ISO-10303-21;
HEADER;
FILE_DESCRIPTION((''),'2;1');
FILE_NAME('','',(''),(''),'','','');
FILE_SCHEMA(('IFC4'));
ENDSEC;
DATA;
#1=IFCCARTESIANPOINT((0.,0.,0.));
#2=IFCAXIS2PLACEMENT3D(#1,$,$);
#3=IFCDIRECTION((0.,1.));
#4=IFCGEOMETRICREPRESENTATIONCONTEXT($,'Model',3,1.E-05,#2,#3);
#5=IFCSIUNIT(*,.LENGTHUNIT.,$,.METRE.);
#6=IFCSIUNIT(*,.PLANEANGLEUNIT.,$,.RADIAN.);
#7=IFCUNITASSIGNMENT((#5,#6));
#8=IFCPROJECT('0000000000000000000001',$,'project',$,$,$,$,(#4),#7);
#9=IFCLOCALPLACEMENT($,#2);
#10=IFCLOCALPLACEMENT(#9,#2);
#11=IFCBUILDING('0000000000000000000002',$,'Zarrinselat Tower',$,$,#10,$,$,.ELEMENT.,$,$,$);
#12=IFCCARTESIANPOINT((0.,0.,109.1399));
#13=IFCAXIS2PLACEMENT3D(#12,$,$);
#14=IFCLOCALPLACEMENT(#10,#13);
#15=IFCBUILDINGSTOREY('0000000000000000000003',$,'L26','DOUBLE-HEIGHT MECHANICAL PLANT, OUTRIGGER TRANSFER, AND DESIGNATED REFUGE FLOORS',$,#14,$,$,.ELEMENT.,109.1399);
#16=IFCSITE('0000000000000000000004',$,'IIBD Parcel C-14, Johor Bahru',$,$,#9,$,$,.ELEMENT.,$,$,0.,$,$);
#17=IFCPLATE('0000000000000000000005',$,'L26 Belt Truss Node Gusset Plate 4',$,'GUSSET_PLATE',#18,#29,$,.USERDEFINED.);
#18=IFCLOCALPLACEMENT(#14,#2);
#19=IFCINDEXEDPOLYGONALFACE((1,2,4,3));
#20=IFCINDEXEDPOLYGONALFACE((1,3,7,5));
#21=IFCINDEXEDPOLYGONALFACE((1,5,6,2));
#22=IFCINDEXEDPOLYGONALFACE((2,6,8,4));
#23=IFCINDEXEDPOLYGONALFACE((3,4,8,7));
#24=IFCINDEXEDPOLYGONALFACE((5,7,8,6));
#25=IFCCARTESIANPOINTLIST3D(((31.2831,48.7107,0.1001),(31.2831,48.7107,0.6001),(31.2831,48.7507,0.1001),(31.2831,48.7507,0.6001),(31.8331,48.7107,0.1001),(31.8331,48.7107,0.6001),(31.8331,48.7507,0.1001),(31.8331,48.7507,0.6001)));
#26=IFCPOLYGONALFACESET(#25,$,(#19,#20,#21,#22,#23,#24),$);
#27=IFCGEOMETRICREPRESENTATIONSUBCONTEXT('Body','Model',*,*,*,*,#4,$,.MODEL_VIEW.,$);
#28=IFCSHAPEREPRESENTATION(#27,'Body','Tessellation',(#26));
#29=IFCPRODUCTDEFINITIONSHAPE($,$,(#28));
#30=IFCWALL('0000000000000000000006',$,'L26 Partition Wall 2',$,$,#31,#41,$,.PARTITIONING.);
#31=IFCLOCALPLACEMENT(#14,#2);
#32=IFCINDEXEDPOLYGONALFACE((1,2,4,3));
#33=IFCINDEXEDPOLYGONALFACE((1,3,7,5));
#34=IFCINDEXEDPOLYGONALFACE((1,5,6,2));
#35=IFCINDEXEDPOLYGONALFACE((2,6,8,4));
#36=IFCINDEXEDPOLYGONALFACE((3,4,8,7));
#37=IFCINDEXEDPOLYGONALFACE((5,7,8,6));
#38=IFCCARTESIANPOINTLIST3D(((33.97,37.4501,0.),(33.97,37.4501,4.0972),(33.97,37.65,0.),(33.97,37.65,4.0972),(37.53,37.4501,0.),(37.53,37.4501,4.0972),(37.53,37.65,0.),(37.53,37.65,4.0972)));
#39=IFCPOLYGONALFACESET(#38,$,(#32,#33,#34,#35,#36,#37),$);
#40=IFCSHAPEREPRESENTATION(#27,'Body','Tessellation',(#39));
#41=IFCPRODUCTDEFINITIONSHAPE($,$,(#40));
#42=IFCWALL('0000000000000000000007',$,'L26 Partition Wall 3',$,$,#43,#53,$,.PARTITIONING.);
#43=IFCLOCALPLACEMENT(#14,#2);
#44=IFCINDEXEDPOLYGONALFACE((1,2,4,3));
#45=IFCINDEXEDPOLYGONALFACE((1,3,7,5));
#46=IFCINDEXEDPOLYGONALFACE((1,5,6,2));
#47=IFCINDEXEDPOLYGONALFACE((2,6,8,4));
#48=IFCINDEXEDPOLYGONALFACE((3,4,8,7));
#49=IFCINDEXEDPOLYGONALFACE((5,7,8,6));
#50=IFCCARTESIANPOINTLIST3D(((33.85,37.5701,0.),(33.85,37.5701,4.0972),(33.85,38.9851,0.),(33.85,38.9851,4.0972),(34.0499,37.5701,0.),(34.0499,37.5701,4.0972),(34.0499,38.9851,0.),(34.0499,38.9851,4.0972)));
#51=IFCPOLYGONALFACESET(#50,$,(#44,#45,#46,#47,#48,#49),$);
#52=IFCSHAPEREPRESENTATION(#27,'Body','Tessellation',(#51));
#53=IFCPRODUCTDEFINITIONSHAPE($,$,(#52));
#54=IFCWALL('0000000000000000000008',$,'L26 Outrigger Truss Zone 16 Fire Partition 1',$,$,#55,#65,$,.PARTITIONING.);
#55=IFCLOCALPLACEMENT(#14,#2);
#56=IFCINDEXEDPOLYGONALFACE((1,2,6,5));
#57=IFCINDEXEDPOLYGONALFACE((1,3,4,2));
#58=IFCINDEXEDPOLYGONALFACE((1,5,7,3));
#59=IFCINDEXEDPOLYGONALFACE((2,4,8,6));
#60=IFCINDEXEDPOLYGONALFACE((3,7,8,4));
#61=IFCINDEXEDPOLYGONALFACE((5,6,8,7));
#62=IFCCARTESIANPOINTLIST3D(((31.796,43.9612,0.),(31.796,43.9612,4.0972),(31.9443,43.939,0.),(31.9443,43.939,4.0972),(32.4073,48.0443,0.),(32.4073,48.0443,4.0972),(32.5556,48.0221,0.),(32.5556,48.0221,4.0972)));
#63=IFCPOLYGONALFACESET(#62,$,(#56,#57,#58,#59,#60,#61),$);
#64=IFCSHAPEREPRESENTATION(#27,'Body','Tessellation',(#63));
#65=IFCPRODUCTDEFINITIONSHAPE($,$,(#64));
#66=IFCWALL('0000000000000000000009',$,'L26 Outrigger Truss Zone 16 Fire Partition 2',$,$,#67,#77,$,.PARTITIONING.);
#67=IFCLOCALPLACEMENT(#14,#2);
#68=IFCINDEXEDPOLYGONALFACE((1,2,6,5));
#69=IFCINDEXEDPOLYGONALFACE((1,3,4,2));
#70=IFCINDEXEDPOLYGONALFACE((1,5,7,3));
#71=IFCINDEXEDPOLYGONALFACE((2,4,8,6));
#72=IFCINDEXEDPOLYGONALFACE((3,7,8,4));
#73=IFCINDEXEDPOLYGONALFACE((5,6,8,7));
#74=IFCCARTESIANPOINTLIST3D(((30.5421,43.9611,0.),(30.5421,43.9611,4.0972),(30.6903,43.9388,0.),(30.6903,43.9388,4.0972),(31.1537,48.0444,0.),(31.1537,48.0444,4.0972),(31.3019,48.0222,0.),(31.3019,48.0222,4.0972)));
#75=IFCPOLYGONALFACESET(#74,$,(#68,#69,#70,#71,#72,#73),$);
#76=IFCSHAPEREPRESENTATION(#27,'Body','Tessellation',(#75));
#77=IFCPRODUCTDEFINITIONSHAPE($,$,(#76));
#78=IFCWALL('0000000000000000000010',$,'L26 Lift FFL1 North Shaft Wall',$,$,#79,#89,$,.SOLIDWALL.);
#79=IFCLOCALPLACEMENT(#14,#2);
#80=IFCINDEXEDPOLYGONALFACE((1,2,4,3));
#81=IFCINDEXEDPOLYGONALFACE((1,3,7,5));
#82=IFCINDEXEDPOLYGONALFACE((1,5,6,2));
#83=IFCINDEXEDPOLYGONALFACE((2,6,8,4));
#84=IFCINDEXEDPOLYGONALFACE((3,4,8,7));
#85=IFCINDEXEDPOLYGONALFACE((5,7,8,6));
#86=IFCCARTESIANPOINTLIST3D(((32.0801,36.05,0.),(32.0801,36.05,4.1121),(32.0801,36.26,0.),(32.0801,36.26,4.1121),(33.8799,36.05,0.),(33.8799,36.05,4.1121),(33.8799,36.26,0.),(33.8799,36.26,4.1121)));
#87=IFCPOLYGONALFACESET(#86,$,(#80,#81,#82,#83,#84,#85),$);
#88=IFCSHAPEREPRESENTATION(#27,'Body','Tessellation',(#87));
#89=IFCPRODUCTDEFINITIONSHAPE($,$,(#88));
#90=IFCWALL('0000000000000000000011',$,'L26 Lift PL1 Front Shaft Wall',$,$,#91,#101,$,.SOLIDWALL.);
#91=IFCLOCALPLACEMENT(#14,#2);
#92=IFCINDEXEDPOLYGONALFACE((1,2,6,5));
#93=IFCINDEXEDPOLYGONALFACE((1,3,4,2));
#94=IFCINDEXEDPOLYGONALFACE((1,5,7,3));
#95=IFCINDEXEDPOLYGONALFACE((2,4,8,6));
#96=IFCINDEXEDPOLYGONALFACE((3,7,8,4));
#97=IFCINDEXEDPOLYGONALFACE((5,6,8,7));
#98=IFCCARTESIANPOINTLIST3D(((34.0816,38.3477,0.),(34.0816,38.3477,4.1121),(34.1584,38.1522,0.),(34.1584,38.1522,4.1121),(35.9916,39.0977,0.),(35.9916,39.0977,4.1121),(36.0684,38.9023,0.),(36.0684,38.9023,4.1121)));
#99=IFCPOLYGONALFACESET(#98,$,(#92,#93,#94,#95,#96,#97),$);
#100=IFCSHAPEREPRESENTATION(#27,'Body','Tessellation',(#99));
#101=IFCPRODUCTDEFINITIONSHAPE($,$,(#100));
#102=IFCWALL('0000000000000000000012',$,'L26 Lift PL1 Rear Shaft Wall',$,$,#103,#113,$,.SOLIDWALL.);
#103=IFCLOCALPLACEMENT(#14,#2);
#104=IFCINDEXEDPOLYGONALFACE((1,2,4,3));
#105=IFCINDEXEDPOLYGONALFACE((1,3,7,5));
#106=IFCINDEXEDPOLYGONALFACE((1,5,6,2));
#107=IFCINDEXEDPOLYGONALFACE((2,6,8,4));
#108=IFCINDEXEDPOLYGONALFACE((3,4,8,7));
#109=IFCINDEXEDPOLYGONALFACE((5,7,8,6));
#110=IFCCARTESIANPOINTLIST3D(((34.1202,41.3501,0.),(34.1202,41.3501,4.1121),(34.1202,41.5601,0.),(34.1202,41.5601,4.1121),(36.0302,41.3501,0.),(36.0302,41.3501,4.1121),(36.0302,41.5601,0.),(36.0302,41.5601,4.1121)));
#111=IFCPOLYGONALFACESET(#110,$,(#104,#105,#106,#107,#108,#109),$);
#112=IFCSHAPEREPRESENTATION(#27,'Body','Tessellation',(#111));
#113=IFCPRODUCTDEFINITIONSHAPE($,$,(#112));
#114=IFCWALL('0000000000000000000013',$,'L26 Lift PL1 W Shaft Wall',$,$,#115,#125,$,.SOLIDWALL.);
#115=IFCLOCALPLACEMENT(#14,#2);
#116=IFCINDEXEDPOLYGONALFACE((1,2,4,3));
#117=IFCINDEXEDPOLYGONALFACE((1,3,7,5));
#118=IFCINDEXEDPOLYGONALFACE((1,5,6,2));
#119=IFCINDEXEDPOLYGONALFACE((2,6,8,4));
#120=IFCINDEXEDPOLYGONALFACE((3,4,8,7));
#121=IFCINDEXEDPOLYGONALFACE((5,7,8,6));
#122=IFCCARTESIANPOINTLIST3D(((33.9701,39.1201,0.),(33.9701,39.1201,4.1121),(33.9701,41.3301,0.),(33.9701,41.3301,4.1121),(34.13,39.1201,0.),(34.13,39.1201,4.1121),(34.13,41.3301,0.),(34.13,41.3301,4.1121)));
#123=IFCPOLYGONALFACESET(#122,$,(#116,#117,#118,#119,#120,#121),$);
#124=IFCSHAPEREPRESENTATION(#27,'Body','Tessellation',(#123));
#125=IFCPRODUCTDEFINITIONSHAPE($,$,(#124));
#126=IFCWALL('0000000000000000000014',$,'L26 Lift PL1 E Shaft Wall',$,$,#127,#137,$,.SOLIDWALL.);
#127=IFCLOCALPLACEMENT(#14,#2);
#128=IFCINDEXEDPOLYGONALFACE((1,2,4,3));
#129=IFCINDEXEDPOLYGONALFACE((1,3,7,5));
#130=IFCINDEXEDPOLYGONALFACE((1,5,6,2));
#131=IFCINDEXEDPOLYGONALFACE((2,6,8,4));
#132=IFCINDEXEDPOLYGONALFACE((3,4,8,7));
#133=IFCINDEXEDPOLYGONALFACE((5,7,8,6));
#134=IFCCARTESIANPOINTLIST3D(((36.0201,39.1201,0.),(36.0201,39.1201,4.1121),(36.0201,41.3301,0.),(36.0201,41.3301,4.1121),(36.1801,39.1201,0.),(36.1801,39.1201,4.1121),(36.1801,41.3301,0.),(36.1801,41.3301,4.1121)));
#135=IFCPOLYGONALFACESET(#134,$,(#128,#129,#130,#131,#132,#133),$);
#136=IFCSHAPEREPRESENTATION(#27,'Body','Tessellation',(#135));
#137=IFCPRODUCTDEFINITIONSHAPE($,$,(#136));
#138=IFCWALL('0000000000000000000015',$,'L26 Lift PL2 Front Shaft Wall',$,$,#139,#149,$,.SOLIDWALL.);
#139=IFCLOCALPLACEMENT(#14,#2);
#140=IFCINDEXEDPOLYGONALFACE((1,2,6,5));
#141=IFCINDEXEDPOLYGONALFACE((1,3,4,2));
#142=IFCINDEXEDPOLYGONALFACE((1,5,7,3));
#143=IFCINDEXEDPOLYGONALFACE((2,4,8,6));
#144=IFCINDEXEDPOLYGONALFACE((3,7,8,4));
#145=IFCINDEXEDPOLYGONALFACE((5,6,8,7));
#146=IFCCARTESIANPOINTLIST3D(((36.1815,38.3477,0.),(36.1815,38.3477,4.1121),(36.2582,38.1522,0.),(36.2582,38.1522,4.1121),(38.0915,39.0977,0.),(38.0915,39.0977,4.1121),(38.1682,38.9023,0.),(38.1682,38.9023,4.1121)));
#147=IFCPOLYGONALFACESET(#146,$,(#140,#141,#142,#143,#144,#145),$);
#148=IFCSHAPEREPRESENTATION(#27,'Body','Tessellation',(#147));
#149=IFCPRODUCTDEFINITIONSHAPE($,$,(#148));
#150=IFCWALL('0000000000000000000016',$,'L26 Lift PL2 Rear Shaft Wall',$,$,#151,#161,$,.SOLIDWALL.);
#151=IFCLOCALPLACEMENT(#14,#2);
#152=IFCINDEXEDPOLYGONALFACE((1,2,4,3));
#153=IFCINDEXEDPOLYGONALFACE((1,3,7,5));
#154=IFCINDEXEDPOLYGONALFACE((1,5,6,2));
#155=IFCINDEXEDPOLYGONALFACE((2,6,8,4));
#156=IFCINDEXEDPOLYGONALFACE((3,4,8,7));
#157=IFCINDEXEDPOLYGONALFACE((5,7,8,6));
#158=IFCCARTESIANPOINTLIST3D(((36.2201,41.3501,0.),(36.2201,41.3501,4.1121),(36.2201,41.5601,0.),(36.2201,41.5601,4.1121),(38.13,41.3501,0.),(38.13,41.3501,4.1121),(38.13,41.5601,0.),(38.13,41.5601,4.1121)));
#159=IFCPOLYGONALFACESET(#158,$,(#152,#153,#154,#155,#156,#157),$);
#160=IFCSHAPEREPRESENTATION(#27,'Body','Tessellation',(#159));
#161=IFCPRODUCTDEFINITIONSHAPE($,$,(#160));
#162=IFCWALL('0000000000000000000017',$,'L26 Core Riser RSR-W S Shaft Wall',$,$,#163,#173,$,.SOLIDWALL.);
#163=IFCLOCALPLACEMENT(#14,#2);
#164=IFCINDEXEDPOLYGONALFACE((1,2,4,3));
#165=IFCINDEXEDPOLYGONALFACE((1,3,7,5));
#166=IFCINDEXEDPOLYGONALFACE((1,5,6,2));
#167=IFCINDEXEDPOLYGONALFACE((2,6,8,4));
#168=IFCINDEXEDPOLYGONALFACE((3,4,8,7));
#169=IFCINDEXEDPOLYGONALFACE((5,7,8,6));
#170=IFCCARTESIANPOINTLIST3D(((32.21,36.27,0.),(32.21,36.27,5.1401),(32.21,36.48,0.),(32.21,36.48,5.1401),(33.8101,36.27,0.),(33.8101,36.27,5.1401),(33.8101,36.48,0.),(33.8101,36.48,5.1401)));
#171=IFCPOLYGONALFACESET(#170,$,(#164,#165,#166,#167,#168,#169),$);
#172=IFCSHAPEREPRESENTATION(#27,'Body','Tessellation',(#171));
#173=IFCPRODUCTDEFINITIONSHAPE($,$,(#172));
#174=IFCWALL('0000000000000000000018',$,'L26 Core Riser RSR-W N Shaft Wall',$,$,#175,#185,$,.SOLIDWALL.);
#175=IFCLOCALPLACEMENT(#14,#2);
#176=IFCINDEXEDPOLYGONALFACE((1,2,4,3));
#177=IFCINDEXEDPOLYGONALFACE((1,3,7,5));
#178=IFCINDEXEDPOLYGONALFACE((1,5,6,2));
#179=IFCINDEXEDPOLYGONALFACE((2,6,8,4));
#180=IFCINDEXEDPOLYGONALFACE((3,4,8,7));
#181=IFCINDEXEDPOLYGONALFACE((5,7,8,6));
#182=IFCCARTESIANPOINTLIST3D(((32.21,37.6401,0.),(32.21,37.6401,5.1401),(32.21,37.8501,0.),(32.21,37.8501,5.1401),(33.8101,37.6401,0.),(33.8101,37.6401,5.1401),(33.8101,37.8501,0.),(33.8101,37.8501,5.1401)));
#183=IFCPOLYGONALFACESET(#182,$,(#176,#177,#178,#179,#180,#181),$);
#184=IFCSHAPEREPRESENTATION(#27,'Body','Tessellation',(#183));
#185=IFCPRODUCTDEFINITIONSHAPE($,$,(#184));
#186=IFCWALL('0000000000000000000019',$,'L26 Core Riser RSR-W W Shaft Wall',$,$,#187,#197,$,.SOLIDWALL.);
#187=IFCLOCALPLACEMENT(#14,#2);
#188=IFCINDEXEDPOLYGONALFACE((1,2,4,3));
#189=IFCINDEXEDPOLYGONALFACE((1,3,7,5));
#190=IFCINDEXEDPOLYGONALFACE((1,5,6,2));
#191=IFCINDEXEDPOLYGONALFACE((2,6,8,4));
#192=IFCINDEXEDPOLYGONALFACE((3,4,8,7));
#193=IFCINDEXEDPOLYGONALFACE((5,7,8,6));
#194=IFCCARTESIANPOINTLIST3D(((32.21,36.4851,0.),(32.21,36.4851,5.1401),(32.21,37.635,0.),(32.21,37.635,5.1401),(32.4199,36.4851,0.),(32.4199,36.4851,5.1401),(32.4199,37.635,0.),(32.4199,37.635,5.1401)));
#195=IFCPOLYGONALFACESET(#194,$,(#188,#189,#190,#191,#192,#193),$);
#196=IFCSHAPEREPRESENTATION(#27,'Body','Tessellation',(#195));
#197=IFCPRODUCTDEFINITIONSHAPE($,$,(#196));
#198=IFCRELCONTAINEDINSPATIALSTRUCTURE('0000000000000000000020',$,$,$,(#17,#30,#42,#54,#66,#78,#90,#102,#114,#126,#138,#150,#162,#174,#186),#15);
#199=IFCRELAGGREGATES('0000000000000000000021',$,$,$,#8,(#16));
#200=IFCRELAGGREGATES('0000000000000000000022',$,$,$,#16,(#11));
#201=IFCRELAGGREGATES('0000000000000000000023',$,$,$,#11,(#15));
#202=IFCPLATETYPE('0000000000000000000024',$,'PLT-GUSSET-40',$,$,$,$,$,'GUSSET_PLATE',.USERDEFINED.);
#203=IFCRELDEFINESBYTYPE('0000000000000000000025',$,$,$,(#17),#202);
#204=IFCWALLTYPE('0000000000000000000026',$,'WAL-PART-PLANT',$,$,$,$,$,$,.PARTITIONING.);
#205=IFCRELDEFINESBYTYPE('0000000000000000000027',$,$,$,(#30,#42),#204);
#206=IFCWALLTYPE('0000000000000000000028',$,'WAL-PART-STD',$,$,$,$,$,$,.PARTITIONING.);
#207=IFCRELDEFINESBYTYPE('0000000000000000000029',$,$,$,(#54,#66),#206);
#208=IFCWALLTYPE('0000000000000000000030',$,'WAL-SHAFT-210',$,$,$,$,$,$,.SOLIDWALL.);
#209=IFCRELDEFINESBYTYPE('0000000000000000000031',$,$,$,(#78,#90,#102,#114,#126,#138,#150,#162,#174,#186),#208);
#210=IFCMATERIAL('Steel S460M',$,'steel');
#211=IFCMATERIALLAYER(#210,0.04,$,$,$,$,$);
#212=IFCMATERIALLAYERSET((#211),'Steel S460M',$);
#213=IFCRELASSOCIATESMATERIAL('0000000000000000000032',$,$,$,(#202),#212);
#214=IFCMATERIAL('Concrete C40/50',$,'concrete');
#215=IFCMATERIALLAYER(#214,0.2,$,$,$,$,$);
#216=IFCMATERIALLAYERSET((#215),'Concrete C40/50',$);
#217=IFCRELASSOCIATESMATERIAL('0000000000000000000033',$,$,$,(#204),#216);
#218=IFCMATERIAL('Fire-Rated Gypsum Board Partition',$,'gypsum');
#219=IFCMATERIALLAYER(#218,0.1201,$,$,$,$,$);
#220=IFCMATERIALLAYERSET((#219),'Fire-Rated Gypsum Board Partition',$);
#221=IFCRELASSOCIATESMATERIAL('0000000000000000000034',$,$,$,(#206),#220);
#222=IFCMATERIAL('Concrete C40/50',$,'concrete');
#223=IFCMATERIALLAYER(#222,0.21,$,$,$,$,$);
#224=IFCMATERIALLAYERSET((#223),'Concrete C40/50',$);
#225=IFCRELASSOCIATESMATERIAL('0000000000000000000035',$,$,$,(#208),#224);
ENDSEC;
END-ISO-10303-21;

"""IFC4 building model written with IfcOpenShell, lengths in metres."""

from ifc_helpers import new_model, si_unit, direction, frame, frame_2d, origin, origin_2d, place, context, subcontext, project, spatial, rectangle, extrude, material, layer, layer_set, type_object, element, save


model = new_model("IFC4")

# Units and contexts
model_context = context("Model", 3, precision=1e-05, world=origin(), true_north=direction((0.0, 1.0)))
body_context = subcontext(model_context, "Body", "Model", "MODEL_VIEW")
ifc_project = project(units=[si_unit("LENGTHUNIT", "METRE"), si_unit("PLANEANGLEUNIT", "RADIAN")], contexts=[model_context])

# Site, building, storey
site_placement = place(None, origin())
site = spatial("IfcSite", under=ifc_project, at=site_placement, Name="IIBD Parcel C-14, Johor Bahru", CompositionType="ELEMENT", RefElevation=0.0)
building_placement = place(site_placement, origin())
building = spatial("IfcBuilding", under=site, at=building_placement, Name="Zarrinselat Tower", CompositionType="ELEMENT")
storey_placement = place(building_placement, frame((0.0, 0.0, 109.1399)))
storey = spatial("IfcBuildingStorey", under=building, at=storey_placement, Name="L26", Description="DOUBLE-HEIGHT MECHANICAL PLANT, OUTRIGGER TRANSFER, AND DESIGNATED REFUGE FLOORS", CompositionType="ELEMENT", Elevation=109.1399)

# Plate
ifc_material_1 = material(Name="Steel S460M", Category="steel")
ifc_layer_1 = layer(ifc_material_1, 0.04)
ifc_layer_set_1 = layer_set([ifc_layer_1], Name="Steel S460M")
plate_type = type_object("IfcPlateType", Name="PLT-GUSSET-40", ElementType="GUSSET_PLATE", PredefinedType="USERDEFINED", material=ifc_layer_set_1)
plate_placement = place(storey_placement, frame((31.5581, 48.7307, 0.1001), z_axis=(0.0, 0.0, 1.0), x_axis=(-1.0, 0.0, 0.0)))
element("IfcPlate", 1, at=plate_placement, inside=storey, type_object=plate_type, Name="L26 Belt Truss Node Gusset Plate 4", ObjectType="GUSSET_PLATE", PredefinedType="USERDEFINED", context=body_context, shape_type="SweptSolid", body=[
    extrude(rectangle(XDim=0.55, YDim=0.04, at=origin_2d()), origin(), (0.0, 0.0, 1.0), 0.5),
])

# Walls
ifc_material_2 = material(Name="Concrete C40/50", Category="concrete")
ifc_layer_2 = layer(ifc_material_2, 0.2)
ifc_layer_set_2 = layer_set([ifc_layer_2], Name="Concrete C40/50")
wall_type_1 = type_object("IfcWallType", Name="WAL-PART-PLANT", PredefinedType="PARTITIONING", material=ifc_layer_set_2)
wall_1_placement = place(storey_placement, frame((33.97, 37.55, 0.0), z_axis=(0.0, 0.0, 1.0), x_axis=(1.0, 0.0, 0.0)))
element("IfcWall", 2, at=wall_1_placement, inside=storey, type_object=wall_type_1, Name="L26 Partition Wall 2", PredefinedType="PARTITIONING", context=body_context, shape_type="SweptSolid", body=[
    extrude(rectangle(XDim=3.5601, YDim=0.2, at=frame_2d((1.78, 0.0))), origin(), (0.0, 0.0, 1.0), 4.0972),
])
wall_2_placement = place(storey_placement, frame((33.95, 37.5701, 0.0), z_axis=(0.0, 0.0, 1.0), x_axis=(0.0, 1.0, 0.0)))
element("IfcWall", 3, at=wall_2_placement, inside=storey, type_object=wall_type_1, Name="L26 Partition Wall 3", PredefinedType="PARTITIONING", context=body_context, shape_type="SweptSolid", body=[
    extrude(rectangle(XDim=1.415, YDim=0.2, at=frame_2d((0.7075, 0.0))), origin(), (0.0, 0.0, 1.0), 4.0972),
])
ifc_material_3 = material(Name="Fire-Rated Gypsum Board Partition", Category="gypsum")
ifc_layer_3 = layer(ifc_material_3, 0.1201)
ifc_layer_set_3 = layer_set([ifc_layer_3], Name="Fire-Rated Gypsum Board Partition")
wall_type_2 = type_object("IfcWallType", Name="WAL-PART-STD", PredefinedType="PARTITIONING", material=ifc_layer_set_3)
wall_3_placement = place(storey_placement, frame((31.8701, 43.95, 0.0), z_axis=(0.0, 0.0, 1.0), x_axis=(0.148066, 0.988978, 0.0)))
element("IfcWall", 4, at=wall_3_placement, inside=storey, type_object=wall_type_2, Name="L26 Outrigger Truss Zone 16 Fire Partition 1", PredefinedType="PARTITIONING", context=body_context, shape_type="SweptSolid", body=[
    extrude(rectangle(XDim=4.1287, YDim=0.1499, at=frame_2d((2.0645, 0.0))), origin(), (0.0, 0.0, 1.0), 4.0972),
])
wall_4_placement = place(storey_placement, frame((30.6162, 43.95, 0.0), z_axis=(0.0, 0.0, 1.0), x_axis=(0.148124, 0.988969, 0.0)))
element("IfcWall", 5, at=wall_4_placement, inside=storey, type_object=wall_type_2, Name="L26 Outrigger Truss Zone 16 Fire Partition 2", PredefinedType="PARTITIONING", context=body_context, shape_type="SweptSolid", body=[
    extrude(rectangle(XDim=4.1289, YDim=0.1499, at=frame_2d((2.0645, 0.0))), origin(), (0.0, 0.0, 1.0), 4.0972),
])
ifc_material_4 = material(Name="Concrete C40/50", Category="concrete")
ifc_layer_4 = layer(ifc_material_4, 0.21)
ifc_layer_set_4 = layer_set([ifc_layer_4], Name="Concrete C40/50")
wall_type_3 = type_object("IfcWallType", Name="WAL-SHAFT-210", PredefinedType="SOLIDWALL", material=ifc_layer_set_4)
wall_5_placement = place(storey_placement, frame((32.0801, 36.155, 0.0), z_axis=(0.0, 0.0, 1.0), x_axis=(1.0, 0.0, 0.0)))
element("IfcWall", 6, at=wall_5_placement, inside=storey, type_object=wall_type_3, Name="L26 Lift FFL1 North Shaft Wall", PredefinedType="SOLIDWALL", context=body_context, shape_type="SweptSolid", body=[
    extrude(rectangle(XDim=1.7998, YDim=0.21, at=frame_2d((0.8999, 0.0))), origin(), (0.0, 0.0, 1.0), 4.1121),
])
wall_6_placement = place(storey_placement, frame((34.1201, 38.25, 0.0), z_axis=(0.0, 0.0, 1.0), x_axis=(0.930805, 0.365516, 0.0)))
element("IfcWall", 7, at=wall_6_placement, inside=storey, type_object=wall_type_3, Name="L26 Lift PL1 Front Shaft Wall", PredefinedType="SOLIDWALL", context=body_context, shape_type="SweptSolid", body=[
    extrude(rectangle(XDim=2.052, YDim=0.21, at=frame_2d((1.0259, 0.0))), origin(), (0.0, 0.0, 1.0), 4.1121),
])
wall_7_placement = place(storey_placement, frame((34.1201, 41.4551, 0.0), z_axis=(0.0, 0.0, 1.0), x_axis=(1.0, 0.0, 0.0)))
element("IfcWall", 8, at=wall_7_placement, inside=storey, type_object=wall_type_3, Name="L26 Lift PL1 Rear Shaft Wall", PredefinedType="SOLIDWALL", context=body_context, shape_type="SweptSolid", body=[
    extrude(rectangle(XDim=1.9099, YDim=0.21, at=frame_2d((0.9551, 0.0))), origin(), (0.0, 0.0, 1.0), 4.1121),
])
for number, where, z_axis, x_axis, name in (
    (9, (34.05, 39.1201, 0.0), (0.0, 0.0, 1.0), (0.0, 1.0, 0.0), "L26 Lift PL1 W Shaft Wall"),
    (10, (36.1001, 39.1201, 0.0), (0.0, 0.0, 1.0), (0.0, 1.0, 0.0), "L26 Lift PL1 E Shaft Wall"),
):
    element("IfcWall", number, at=place(storey_placement, frame(where, z_axis=z_axis, x_axis=x_axis)), inside=storey, type_object=wall_type_3, Name=name, PredefinedType="SOLIDWALL", context=body_context, shape_type="SweptSolid", body=[
        extrude(rectangle(XDim=2.21, YDim=0.1599, at=frame_2d((1.105, 0.0))), origin(), (0.0, 0.0, 1.0), 4.1121),
    ])
wall_8_placement = place(storey_placement, frame((36.22, 38.25, 0.0), z_axis=(0.0, 0.0, 1.0), x_axis=(0.930805, 0.365516, 0.0)))
element("IfcWall", 11, at=wall_8_placement, inside=storey, type_object=wall_type_3, Name="L26 Lift PL2 Front Shaft Wall", PredefinedType="SOLIDWALL", context=body_context, shape_type="SweptSolid", body=[
    extrude(rectangle(XDim=2.052, YDim=0.21, at=frame_2d((1.0259, 0.0))), origin(), (0.0, 0.0, 1.0), 4.1121),
])
wall_9_placement = place(storey_placement, frame((36.22, 41.4551, 0.0), z_axis=(0.0, 0.0, 1.0), x_axis=(1.0, 0.0, 0.0)))
element("IfcWall", 12, at=wall_9_placement, inside=storey, type_object=wall_type_3, Name="L26 Lift PL2 Rear Shaft Wall", PredefinedType="SOLIDWALL", context=body_context, shape_type="SweptSolid", body=[
    extrude(rectangle(XDim=1.9099, YDim=0.21, at=frame_2d((0.9551, 0.0))), origin(), (0.0, 0.0, 1.0), 4.1121),
])
for number, where, z_axis, x_axis, name in (
    (13, (32.21, 36.375, 0.0), (0.0, 0.0, 1.0), (1.0, 0.0, 0.0), "L26 Core Riser RSR-W S Shaft Wall"),
    (14, (32.21, 37.7451, 0.0), (0.0, 0.0, 1.0), (1.0, 0.0, 0.0), "L26 Core Riser RSR-W N Shaft Wall"),
):
    element("IfcWall", number, at=place(storey_placement, frame(where, z_axis=z_axis, x_axis=x_axis)), inside=storey, type_object=wall_type_3, Name=name, PredefinedType="SOLIDWALL", context=body_context, shape_type="SweptSolid", body=[
        extrude(rectangle(XDim=1.6001, YDim=0.21, at=frame_2d((0.8, 0.0))), origin(), (0.0, 0.0, 1.0), 5.1401),
    ])
for number, where, z_axis, x_axis, name in (
    (15, (32.3149, 36.4851, 0.0), (0.0, 0.0, 1.0), (0.0, 1.0, 0.0), "L26 Core Riser RSR-W W Shaft Wall"),
):
    element("IfcWall", number, at=place(storey_placement, frame(where, z_axis=z_axis, x_axis=x_axis)), inside=storey, type_object=wall_type_3, Name=name, PredefinedType="SOLIDWALL", context=body_context, shape_type="SweptSolid", body=[
        extrude(rectangle(XDim=1.1499, YDim=0.21, at=frame_2d((0.575, 0.0))), origin(), (0.0, 0.0, 1.0), 5.1401),
    ])

save(model, "model.ifc")
